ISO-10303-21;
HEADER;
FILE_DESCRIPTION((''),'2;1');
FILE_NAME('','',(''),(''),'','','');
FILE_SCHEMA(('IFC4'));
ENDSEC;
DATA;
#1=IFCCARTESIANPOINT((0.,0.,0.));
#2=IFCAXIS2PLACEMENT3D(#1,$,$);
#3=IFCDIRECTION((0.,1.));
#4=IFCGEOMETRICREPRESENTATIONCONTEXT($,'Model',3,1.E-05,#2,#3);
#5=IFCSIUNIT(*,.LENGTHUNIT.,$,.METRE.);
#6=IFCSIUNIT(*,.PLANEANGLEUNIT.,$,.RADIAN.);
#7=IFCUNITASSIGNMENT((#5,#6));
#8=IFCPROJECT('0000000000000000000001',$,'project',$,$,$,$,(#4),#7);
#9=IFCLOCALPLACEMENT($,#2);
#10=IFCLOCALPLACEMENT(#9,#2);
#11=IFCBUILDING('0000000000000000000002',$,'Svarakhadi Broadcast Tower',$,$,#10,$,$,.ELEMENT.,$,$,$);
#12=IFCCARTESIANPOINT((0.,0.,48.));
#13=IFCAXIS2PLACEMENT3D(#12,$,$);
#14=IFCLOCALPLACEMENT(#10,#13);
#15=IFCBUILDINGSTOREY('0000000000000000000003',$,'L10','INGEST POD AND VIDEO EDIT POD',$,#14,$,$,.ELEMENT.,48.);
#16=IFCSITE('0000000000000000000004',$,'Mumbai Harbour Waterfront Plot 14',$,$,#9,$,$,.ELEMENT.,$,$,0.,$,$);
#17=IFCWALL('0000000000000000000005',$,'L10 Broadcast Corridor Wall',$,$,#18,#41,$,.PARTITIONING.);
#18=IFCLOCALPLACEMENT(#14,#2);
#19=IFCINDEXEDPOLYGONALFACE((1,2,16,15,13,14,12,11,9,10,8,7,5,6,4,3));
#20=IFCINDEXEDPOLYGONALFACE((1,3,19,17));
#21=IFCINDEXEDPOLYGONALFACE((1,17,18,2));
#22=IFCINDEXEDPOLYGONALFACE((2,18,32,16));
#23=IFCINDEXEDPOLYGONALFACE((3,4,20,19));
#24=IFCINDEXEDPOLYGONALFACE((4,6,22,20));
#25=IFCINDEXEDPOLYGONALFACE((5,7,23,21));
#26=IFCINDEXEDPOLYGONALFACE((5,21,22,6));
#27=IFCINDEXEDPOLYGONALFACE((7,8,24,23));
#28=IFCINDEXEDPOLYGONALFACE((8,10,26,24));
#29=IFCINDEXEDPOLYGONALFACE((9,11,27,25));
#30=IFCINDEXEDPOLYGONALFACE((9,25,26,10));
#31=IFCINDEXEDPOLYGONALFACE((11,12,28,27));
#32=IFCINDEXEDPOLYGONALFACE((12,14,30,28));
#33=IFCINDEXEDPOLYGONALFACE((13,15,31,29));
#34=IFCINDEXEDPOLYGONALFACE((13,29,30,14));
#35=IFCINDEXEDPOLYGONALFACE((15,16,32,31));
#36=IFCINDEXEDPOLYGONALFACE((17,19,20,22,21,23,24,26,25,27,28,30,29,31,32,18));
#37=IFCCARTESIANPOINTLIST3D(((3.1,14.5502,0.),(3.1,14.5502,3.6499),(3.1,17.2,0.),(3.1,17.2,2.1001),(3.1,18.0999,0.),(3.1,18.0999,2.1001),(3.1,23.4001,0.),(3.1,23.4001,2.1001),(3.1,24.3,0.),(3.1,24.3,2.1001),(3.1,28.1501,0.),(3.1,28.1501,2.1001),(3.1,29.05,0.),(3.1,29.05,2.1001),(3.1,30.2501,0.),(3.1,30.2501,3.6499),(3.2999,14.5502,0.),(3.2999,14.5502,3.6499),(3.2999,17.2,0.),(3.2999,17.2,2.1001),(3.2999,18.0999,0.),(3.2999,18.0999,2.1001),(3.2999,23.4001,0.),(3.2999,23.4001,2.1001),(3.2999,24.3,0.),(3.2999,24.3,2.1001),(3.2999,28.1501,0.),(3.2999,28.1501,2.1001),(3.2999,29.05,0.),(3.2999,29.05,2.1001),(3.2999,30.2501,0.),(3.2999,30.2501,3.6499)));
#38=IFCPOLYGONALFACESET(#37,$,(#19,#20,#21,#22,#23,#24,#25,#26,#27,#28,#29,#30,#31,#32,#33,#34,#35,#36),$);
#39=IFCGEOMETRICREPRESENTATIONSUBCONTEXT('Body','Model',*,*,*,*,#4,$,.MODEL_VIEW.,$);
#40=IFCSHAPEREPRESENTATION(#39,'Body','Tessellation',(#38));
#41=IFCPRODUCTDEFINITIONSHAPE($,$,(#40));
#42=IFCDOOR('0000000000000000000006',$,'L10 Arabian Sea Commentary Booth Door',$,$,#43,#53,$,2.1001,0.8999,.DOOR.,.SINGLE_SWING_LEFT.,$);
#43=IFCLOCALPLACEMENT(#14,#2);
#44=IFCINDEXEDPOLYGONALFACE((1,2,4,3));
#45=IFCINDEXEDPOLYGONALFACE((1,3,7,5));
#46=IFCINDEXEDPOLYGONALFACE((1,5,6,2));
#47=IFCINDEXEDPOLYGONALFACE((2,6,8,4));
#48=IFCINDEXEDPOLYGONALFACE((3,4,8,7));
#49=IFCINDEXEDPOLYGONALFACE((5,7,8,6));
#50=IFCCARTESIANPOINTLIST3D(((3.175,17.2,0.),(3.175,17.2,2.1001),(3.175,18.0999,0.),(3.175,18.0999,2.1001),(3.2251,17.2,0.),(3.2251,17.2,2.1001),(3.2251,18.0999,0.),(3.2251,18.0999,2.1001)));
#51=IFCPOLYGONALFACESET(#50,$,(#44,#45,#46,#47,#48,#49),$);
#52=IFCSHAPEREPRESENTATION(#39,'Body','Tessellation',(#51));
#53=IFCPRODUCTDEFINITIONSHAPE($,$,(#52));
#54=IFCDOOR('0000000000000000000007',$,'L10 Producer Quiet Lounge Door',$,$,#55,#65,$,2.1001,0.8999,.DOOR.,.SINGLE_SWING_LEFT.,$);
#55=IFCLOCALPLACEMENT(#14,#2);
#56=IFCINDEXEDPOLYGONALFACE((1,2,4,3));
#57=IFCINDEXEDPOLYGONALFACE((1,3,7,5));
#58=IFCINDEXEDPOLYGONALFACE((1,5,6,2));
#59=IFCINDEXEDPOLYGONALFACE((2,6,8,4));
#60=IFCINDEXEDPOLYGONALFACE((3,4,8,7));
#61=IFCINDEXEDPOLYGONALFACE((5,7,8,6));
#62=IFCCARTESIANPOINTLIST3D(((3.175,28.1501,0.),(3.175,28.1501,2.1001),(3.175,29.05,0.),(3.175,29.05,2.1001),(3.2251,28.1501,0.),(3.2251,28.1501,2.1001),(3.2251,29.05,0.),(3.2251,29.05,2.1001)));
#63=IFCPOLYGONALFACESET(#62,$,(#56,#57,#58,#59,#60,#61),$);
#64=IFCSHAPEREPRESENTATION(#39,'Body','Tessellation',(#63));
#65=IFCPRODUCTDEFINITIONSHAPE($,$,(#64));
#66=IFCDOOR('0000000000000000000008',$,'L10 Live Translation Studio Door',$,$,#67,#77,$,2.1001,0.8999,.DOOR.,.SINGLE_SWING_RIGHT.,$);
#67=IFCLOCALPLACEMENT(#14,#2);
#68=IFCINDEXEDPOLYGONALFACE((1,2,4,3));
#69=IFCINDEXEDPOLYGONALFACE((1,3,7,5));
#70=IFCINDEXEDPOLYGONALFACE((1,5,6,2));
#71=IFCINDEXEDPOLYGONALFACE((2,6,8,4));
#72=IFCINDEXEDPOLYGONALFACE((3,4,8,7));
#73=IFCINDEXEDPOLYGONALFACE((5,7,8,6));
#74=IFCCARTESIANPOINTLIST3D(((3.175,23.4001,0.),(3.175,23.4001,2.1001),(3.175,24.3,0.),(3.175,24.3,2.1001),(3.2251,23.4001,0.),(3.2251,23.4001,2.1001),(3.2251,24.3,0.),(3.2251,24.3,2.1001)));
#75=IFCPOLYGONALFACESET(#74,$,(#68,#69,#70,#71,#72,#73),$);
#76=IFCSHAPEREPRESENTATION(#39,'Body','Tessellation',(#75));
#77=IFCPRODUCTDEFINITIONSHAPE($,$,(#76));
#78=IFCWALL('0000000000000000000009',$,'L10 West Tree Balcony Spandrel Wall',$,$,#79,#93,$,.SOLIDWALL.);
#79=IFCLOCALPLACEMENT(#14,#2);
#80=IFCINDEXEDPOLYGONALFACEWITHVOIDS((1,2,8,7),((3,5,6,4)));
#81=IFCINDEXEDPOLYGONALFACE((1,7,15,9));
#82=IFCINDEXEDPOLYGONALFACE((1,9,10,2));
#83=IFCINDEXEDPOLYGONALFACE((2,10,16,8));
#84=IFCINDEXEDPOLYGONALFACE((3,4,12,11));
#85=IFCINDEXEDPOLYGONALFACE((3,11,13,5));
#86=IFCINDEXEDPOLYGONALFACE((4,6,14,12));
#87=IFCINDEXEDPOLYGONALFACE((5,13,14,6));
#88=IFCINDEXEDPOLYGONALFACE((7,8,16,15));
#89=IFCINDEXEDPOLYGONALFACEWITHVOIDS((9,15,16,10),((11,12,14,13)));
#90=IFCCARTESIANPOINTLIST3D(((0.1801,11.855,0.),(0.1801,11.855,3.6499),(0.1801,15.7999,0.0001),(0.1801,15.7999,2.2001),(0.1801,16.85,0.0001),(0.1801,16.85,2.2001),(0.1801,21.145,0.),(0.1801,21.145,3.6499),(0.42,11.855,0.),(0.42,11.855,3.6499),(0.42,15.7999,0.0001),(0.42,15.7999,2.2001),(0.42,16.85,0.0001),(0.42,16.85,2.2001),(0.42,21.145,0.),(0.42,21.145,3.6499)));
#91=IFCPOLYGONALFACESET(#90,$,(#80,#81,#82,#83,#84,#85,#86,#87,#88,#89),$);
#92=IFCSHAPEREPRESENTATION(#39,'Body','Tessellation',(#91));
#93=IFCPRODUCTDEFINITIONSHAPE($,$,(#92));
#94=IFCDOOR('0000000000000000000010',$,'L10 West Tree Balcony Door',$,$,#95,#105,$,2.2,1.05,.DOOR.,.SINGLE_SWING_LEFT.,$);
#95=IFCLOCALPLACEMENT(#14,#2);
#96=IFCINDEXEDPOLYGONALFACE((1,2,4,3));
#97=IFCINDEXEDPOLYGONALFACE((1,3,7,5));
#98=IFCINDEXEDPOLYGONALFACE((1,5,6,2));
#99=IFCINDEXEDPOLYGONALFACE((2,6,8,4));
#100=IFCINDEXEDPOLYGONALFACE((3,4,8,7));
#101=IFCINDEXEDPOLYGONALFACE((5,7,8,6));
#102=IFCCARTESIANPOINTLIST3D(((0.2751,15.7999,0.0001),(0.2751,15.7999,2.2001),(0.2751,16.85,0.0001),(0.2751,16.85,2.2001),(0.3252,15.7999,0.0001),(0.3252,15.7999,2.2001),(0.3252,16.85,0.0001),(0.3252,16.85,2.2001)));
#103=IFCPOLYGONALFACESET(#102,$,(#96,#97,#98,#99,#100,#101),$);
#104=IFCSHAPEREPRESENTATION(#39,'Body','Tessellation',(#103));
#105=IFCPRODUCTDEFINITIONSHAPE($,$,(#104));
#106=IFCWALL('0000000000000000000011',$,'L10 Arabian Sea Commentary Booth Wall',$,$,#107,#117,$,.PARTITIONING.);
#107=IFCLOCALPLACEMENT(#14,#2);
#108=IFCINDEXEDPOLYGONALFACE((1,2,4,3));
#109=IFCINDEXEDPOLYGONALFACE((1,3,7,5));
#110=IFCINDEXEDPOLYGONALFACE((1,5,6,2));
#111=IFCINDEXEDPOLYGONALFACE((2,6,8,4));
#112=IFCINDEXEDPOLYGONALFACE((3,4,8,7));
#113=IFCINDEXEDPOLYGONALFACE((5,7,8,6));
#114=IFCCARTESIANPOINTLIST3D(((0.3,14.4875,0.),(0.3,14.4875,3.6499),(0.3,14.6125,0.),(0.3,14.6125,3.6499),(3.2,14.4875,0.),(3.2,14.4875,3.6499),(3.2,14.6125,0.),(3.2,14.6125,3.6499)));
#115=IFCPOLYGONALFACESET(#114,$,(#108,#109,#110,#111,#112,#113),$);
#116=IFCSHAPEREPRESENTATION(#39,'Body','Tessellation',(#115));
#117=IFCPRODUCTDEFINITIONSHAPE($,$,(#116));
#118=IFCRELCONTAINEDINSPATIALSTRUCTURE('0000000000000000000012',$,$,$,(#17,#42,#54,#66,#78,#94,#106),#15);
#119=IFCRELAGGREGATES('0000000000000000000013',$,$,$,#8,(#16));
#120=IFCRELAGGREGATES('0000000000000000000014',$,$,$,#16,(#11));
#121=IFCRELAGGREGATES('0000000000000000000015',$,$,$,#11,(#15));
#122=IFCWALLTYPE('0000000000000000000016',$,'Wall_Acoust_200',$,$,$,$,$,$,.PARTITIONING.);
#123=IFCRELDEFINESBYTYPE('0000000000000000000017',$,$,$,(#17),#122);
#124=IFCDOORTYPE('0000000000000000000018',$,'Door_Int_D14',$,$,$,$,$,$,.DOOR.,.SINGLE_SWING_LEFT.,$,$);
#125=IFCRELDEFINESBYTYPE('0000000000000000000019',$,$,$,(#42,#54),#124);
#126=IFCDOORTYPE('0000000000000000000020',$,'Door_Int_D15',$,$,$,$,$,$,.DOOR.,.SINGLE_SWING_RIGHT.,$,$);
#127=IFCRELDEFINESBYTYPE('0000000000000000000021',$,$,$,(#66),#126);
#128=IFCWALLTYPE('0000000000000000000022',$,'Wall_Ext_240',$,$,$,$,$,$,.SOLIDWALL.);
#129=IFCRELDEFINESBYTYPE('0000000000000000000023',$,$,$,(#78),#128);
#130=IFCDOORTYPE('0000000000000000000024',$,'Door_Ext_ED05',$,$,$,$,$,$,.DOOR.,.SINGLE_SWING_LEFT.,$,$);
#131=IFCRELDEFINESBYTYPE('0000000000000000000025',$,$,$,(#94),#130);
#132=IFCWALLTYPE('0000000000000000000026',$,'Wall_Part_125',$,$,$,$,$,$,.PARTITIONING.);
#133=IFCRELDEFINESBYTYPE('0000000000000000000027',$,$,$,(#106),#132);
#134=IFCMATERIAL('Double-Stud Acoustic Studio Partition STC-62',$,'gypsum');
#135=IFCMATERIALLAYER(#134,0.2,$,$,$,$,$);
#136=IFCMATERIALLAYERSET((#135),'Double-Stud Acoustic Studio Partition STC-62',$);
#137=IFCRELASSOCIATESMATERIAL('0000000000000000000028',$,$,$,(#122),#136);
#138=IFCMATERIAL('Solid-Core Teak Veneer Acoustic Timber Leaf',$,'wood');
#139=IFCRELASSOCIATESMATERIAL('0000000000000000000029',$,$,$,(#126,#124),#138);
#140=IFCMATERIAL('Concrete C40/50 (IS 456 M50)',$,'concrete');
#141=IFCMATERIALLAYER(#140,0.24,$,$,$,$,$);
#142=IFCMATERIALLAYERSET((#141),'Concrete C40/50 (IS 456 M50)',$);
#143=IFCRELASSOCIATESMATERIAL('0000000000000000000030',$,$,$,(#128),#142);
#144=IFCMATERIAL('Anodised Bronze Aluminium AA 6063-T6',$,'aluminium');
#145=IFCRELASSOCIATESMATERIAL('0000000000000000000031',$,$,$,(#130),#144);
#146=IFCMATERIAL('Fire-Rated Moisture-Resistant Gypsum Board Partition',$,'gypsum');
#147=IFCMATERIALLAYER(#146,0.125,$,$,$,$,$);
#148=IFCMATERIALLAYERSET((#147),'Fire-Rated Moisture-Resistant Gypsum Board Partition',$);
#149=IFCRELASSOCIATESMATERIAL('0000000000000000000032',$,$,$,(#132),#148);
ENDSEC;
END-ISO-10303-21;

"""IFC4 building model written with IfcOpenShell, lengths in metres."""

from ifc_helpers import new_model, si_unit, direction, frame, frame_2d, origin, place, context, subcontext, project, spatial, rectangle, extrude, material, layer, layer_set, type_object, element, fill, save


model = new_model("IFC4")

# Units and contexts
model_context = context("Model", 3, precision=1e-05, world=origin(), true_north=direction((0.0, 1.0)))
body_context = subcontext(model_context, "Body", "Model", "MODEL_VIEW")
ifc_project = project(units=[si_unit("LENGTHUNIT", "METRE"), si_unit("PLANEANGLEUNIT", "RADIAN")], contexts=[model_context])

# Site, building, storey
site_placement = place(None, origin())
site = spatial("IfcSite", under=ifc_project, at=site_placement, Name="Mumbai Harbour Waterfront Plot 14", CompositionType="ELEMENT", RefElevation=0.0)
building_placement = place(site_placement, origin())
building = spatial("IfcBuilding", under=site, at=building_placement, Name="Svarakhadi Broadcast Tower", CompositionType="ELEMENT")
storey_placement = place(building_placement, frame((0.0, 0.0, 48.0)))
storey = spatial("IfcBuildingStorey", under=building, at=storey_placement, Name="L10", Description="INGEST POD AND VIDEO EDIT POD", CompositionType="ELEMENT", Elevation=48.0)

# Shared definitions
ifc_material_1 = material(Name="Anodised Bronze Aluminium AA 6063-T6", Category="aluminium")

# Shared definitions
ifc_material_2 = material(Name="Double-Stud Acoustic Studio Partition STC-62", Category="gypsum")
ifc_layer_1 = layer(ifc_material_2, 0.2)
ifc_layer_set_1 = layer_set([ifc_layer_1], Name="Double-Stud Acoustic Studio Partition STC-62")
wall_type_1 = type_object("IfcWallType", Name="Wall_Acoust_200", PredefinedType="PARTITIONING", material=ifc_layer_set_1)
ifc_material_3 = material(Name="Solid-Core Teak Veneer Acoustic Timber Leaf", Category="wood")
door_type_1 = type_object("IfcDoorType", Name="Door_Int_D15", OperationType="SINGLE_SWING_RIGHT", PredefinedType="DOOR", material=ifc_material_3)

# Wall, openings, doors
wall_1_placement = place(storey_placement, frame((3.2, 14.55, 0.0), z_axis=(0.0, 0.0, 1.0), x_axis=(0.0, 1.0, 0.0)))
wall_1 = element("IfcWall", 1, at=wall_1_placement, inside=storey, type_object=wall_type_1, Name="L10 Broadcast Corridor Wall", PredefinedType="PARTITIONING", context=body_context, shape_type="SweptSolid", body=[
    extrude(rectangle(XDim=15.7, YDim=0.2, at=frame_2d((7.8501, 0.0))), origin(), (0.0, 0.0, 1.0), 3.6499),
])
opening_1_placement = place(wall_1_placement, frame((2.6499, 0.0, 0.0)))
opening_1 = element("IfcOpeningElement", 2, at=opening_1_placement, cuts=wall_1, PredefinedType="OPENING", context=body_context, shape_type="SweptSolid", body=[
    extrude(rectangle(XDim=0.8999, YDim=2.1001, at=frame_2d((0.45, 1.05))), frame((0.0, 0.1099, 0.0), z_axis=(0.0, -1.0, 0.0), x_axis=(1.0, 0.0, 0.0)), (0.0, 0.0, 1.0), 0.22),
])
opening_2_placement = place(wall_1_placement, frame((8.8501, 0.0, 0.0)))
opening_2 = element("IfcOpeningElement", 3, at=opening_2_placement, cuts=wall_1, PredefinedType="OPENING", context=body_context, shape_type="SweptSolid", body=[
    extrude(rectangle(XDim=0.8999, YDim=2.1001, at=frame_2d((0.45, 1.05))), frame((0.0, 0.1099, 0.0), z_axis=(0.0, -1.0, 0.0), x_axis=(1.0, 0.0, 0.0)), (0.0, 0.0, 1.0), 0.22),
])
opening_3_placement = place(wall_1_placement, frame((13.6001, 0.0, 0.0)))
opening_3 = element("IfcOpeningElement", 4, at=opening_3_placement, cuts=wall_1, PredefinedType="OPENING", context=body_context, shape_type="SweptSolid", body=[
    extrude(rectangle(XDim=0.8999, YDim=2.1001, at=frame_2d((0.45, 1.05))), frame((0.0, 0.1099, 0.0), z_axis=(0.0, -1.0, 0.0), x_axis=(1.0, 0.0, 0.0)), (0.0, 0.0, 1.0), 0.22),
])
door_type_2 = type_object("IfcDoorType", Name="Door_Int_D14", OperationType="SINGLE_SWING_LEFT", PredefinedType="DOOR", material=ifc_material_3)
door_1_placement = place(opening_1_placement, origin())
door_1 = element("IfcDoor", 5, at=door_1_placement, inside=storey, type_object=door_type_2, Name="L10 Arabian Sea Commentary Booth Door", OperationType="SINGLE_SWING_LEFT", OverallHeight=2.1001, OverallWidth=0.8999, PredefinedType="DOOR", context=body_context, shape_type="SweptSolid", body=[
    extrude(rectangle(XDim=0.8999, YDim=2.1001, at=frame_2d((0.45, 1.05))), frame((0.0, 0.0249, 0.0), z_axis=(0.0, -1.0, 0.0), x_axis=(1.0, 0.0, 0.0)), (0.0, 0.0, 1.0), 0.05),
])
fill(opening_1, door_1)
door_2_placement = place(opening_3_placement, origin())
door_2 = element("IfcDoor", 6, at=door_2_placement, inside=storey, type_object=door_type_2, Name="L10 Producer Quiet Lounge Door", OperationType="SINGLE_SWING_LEFT", OverallHeight=2.1001, OverallWidth=0.8999, PredefinedType="DOOR", context=body_context, shape_type="SweptSolid", body=[
    extrude(rectangle(XDim=0.8999, YDim=2.1001, at=frame_2d((0.45, 1.05))), frame((0.0, 0.0249, 0.0), z_axis=(0.0, -1.0, 0.0), x_axis=(1.0, 0.0, 0.0)), (0.0, 0.0, 1.0), 0.05),
])
fill(opening_3, door_2)
door_3_placement = place(opening_2_placement, origin())
door_3 = element("IfcDoor", 7, at=door_3_placement, inside=storey, type_object=door_type_1, Name="L10 Live Translation Studio Door", OperationType="SINGLE_SWING_RIGHT", OverallHeight=2.1001, OverallWidth=0.8999, PredefinedType="DOOR", context=body_context, shape_type="SweptSolid", body=[
    extrude(rectangle(XDim=0.8999, YDim=2.1001, at=frame_2d((0.45, 1.05))), frame((0.0, 0.0249, 0.0), z_axis=(0.0, -1.0, 0.0), x_axis=(1.0, 0.0, 0.0)), (0.0, 0.0, 1.0), 0.05),
])
fill(opening_2, door_3)

# Wall, opening, door
ifc_material_4 = material(Name="Concrete C40/50 (IS 456 M50)", Category="concrete")
ifc_layer_2 = layer(ifc_material_4, 0.24)
ifc_layer_set_2 = layer_set([ifc_layer_2], Name="Concrete C40/50 (IS 456 M50)")
wall_type_2 = type_object("IfcWallType", Name="Wall_Ext_240", PredefinedType="SOLIDWALL", material=ifc_layer_set_2)
wall_2_placement = place(storey_placement, frame((0.3, 11.855, 0.0), z_axis=(0.0, 0.0, 1.0), x_axis=(0.0, 1.0, 0.0)))
wall_2 = element("IfcWall", 8, at=wall_2_placement, inside=storey, type_object=wall_type_2, Name="L10 West Tree Balcony Spandrel Wall", PredefinedType="SOLIDWALL", context=body_context, shape_type="SweptSolid", body=[
    extrude(rectangle(XDim=9.29, YDim=0.24, at=frame_2d((4.645, 0.0))), origin(), (0.0, 0.0, 1.0), 3.6499),
])
opening_4_placement = place(wall_2_placement, frame((3.9451, 0.0, 0.0)))
opening_4 = element("IfcOpeningElement", 9, at=opening_4_placement, cuts=wall_2, PredefinedType="OPENING", context=body_context, shape_type="SweptSolid", body=[
    extrude(rectangle(XDim=1.05, YDim=2.2, at=frame_2d((0.5249, 1.1001))), frame((0.0, 0.1299, 0.0), z_axis=(0.0, -1.0, 0.0), x_axis=(1.0, 0.0, 0.0)), (0.0, 0.0, 1.0), 0.26),
])
door_type_3 = type_object("IfcDoorType", Name="Door_Ext_ED05", OperationType="SINGLE_SWING_LEFT", PredefinedType="DOOR", material=ifc_material_1)
door_4_placement = place(opening_4_placement, origin())
door_4 = element("IfcDoor", 10, at=door_4_placement, inside=storey, type_object=door_type_3, Name="L10 West Tree Balcony Door", OperationType="SINGLE_SWING_LEFT", OverallHeight=2.2, OverallWidth=1.05, PredefinedType="DOOR", context=body_context, shape_type="SweptSolid", body=[
    extrude(rectangle(XDim=1.05, YDim=2.2, at=frame_2d((0.5249, 1.1001))), frame((0.0, 0.0249, 0.0), z_axis=(0.0, -1.0, 0.0), x_axis=(1.0, 0.0, 0.0)), (0.0, 0.0, 1.0), 0.05),
])
fill(opening_4, door_4)

# Wall
ifc_material_5 = material(Name="Fire-Rated Moisture-Resistant Gypsum Board Partition", Category="gypsum")
ifc_layer_3 = layer(ifc_material_5, 0.125)
ifc_layer_set_3 = layer_set([ifc_layer_3], Name="Fire-Rated Moisture-Resistant Gypsum Board Partition")
wall_type_3 = type_object("IfcWallType", Name="Wall_Part_125", PredefinedType="PARTITIONING", material=ifc_layer_set_3)
wall_3_placement = place(storey_placement, frame((0.3, 14.55, 0.0), z_axis=(0.0, 0.0, 1.0), x_axis=(1.0, 0.0, 0.0)))
element("IfcWall", 11, at=wall_3_placement, inside=storey, type_object=wall_type_3, Name="L10 Arabian Sea Commentary Booth Wall", PredefinedType="PARTITIONING", context=body_context, shape_type="SweptSolid", body=[
    extrude(rectangle(XDim=2.8999, YDim=0.125, at=frame_2d((1.45, 0.0))), origin(), (0.0, 0.0, 1.0), 3.6499),
])

save(model, "model.ifc")
